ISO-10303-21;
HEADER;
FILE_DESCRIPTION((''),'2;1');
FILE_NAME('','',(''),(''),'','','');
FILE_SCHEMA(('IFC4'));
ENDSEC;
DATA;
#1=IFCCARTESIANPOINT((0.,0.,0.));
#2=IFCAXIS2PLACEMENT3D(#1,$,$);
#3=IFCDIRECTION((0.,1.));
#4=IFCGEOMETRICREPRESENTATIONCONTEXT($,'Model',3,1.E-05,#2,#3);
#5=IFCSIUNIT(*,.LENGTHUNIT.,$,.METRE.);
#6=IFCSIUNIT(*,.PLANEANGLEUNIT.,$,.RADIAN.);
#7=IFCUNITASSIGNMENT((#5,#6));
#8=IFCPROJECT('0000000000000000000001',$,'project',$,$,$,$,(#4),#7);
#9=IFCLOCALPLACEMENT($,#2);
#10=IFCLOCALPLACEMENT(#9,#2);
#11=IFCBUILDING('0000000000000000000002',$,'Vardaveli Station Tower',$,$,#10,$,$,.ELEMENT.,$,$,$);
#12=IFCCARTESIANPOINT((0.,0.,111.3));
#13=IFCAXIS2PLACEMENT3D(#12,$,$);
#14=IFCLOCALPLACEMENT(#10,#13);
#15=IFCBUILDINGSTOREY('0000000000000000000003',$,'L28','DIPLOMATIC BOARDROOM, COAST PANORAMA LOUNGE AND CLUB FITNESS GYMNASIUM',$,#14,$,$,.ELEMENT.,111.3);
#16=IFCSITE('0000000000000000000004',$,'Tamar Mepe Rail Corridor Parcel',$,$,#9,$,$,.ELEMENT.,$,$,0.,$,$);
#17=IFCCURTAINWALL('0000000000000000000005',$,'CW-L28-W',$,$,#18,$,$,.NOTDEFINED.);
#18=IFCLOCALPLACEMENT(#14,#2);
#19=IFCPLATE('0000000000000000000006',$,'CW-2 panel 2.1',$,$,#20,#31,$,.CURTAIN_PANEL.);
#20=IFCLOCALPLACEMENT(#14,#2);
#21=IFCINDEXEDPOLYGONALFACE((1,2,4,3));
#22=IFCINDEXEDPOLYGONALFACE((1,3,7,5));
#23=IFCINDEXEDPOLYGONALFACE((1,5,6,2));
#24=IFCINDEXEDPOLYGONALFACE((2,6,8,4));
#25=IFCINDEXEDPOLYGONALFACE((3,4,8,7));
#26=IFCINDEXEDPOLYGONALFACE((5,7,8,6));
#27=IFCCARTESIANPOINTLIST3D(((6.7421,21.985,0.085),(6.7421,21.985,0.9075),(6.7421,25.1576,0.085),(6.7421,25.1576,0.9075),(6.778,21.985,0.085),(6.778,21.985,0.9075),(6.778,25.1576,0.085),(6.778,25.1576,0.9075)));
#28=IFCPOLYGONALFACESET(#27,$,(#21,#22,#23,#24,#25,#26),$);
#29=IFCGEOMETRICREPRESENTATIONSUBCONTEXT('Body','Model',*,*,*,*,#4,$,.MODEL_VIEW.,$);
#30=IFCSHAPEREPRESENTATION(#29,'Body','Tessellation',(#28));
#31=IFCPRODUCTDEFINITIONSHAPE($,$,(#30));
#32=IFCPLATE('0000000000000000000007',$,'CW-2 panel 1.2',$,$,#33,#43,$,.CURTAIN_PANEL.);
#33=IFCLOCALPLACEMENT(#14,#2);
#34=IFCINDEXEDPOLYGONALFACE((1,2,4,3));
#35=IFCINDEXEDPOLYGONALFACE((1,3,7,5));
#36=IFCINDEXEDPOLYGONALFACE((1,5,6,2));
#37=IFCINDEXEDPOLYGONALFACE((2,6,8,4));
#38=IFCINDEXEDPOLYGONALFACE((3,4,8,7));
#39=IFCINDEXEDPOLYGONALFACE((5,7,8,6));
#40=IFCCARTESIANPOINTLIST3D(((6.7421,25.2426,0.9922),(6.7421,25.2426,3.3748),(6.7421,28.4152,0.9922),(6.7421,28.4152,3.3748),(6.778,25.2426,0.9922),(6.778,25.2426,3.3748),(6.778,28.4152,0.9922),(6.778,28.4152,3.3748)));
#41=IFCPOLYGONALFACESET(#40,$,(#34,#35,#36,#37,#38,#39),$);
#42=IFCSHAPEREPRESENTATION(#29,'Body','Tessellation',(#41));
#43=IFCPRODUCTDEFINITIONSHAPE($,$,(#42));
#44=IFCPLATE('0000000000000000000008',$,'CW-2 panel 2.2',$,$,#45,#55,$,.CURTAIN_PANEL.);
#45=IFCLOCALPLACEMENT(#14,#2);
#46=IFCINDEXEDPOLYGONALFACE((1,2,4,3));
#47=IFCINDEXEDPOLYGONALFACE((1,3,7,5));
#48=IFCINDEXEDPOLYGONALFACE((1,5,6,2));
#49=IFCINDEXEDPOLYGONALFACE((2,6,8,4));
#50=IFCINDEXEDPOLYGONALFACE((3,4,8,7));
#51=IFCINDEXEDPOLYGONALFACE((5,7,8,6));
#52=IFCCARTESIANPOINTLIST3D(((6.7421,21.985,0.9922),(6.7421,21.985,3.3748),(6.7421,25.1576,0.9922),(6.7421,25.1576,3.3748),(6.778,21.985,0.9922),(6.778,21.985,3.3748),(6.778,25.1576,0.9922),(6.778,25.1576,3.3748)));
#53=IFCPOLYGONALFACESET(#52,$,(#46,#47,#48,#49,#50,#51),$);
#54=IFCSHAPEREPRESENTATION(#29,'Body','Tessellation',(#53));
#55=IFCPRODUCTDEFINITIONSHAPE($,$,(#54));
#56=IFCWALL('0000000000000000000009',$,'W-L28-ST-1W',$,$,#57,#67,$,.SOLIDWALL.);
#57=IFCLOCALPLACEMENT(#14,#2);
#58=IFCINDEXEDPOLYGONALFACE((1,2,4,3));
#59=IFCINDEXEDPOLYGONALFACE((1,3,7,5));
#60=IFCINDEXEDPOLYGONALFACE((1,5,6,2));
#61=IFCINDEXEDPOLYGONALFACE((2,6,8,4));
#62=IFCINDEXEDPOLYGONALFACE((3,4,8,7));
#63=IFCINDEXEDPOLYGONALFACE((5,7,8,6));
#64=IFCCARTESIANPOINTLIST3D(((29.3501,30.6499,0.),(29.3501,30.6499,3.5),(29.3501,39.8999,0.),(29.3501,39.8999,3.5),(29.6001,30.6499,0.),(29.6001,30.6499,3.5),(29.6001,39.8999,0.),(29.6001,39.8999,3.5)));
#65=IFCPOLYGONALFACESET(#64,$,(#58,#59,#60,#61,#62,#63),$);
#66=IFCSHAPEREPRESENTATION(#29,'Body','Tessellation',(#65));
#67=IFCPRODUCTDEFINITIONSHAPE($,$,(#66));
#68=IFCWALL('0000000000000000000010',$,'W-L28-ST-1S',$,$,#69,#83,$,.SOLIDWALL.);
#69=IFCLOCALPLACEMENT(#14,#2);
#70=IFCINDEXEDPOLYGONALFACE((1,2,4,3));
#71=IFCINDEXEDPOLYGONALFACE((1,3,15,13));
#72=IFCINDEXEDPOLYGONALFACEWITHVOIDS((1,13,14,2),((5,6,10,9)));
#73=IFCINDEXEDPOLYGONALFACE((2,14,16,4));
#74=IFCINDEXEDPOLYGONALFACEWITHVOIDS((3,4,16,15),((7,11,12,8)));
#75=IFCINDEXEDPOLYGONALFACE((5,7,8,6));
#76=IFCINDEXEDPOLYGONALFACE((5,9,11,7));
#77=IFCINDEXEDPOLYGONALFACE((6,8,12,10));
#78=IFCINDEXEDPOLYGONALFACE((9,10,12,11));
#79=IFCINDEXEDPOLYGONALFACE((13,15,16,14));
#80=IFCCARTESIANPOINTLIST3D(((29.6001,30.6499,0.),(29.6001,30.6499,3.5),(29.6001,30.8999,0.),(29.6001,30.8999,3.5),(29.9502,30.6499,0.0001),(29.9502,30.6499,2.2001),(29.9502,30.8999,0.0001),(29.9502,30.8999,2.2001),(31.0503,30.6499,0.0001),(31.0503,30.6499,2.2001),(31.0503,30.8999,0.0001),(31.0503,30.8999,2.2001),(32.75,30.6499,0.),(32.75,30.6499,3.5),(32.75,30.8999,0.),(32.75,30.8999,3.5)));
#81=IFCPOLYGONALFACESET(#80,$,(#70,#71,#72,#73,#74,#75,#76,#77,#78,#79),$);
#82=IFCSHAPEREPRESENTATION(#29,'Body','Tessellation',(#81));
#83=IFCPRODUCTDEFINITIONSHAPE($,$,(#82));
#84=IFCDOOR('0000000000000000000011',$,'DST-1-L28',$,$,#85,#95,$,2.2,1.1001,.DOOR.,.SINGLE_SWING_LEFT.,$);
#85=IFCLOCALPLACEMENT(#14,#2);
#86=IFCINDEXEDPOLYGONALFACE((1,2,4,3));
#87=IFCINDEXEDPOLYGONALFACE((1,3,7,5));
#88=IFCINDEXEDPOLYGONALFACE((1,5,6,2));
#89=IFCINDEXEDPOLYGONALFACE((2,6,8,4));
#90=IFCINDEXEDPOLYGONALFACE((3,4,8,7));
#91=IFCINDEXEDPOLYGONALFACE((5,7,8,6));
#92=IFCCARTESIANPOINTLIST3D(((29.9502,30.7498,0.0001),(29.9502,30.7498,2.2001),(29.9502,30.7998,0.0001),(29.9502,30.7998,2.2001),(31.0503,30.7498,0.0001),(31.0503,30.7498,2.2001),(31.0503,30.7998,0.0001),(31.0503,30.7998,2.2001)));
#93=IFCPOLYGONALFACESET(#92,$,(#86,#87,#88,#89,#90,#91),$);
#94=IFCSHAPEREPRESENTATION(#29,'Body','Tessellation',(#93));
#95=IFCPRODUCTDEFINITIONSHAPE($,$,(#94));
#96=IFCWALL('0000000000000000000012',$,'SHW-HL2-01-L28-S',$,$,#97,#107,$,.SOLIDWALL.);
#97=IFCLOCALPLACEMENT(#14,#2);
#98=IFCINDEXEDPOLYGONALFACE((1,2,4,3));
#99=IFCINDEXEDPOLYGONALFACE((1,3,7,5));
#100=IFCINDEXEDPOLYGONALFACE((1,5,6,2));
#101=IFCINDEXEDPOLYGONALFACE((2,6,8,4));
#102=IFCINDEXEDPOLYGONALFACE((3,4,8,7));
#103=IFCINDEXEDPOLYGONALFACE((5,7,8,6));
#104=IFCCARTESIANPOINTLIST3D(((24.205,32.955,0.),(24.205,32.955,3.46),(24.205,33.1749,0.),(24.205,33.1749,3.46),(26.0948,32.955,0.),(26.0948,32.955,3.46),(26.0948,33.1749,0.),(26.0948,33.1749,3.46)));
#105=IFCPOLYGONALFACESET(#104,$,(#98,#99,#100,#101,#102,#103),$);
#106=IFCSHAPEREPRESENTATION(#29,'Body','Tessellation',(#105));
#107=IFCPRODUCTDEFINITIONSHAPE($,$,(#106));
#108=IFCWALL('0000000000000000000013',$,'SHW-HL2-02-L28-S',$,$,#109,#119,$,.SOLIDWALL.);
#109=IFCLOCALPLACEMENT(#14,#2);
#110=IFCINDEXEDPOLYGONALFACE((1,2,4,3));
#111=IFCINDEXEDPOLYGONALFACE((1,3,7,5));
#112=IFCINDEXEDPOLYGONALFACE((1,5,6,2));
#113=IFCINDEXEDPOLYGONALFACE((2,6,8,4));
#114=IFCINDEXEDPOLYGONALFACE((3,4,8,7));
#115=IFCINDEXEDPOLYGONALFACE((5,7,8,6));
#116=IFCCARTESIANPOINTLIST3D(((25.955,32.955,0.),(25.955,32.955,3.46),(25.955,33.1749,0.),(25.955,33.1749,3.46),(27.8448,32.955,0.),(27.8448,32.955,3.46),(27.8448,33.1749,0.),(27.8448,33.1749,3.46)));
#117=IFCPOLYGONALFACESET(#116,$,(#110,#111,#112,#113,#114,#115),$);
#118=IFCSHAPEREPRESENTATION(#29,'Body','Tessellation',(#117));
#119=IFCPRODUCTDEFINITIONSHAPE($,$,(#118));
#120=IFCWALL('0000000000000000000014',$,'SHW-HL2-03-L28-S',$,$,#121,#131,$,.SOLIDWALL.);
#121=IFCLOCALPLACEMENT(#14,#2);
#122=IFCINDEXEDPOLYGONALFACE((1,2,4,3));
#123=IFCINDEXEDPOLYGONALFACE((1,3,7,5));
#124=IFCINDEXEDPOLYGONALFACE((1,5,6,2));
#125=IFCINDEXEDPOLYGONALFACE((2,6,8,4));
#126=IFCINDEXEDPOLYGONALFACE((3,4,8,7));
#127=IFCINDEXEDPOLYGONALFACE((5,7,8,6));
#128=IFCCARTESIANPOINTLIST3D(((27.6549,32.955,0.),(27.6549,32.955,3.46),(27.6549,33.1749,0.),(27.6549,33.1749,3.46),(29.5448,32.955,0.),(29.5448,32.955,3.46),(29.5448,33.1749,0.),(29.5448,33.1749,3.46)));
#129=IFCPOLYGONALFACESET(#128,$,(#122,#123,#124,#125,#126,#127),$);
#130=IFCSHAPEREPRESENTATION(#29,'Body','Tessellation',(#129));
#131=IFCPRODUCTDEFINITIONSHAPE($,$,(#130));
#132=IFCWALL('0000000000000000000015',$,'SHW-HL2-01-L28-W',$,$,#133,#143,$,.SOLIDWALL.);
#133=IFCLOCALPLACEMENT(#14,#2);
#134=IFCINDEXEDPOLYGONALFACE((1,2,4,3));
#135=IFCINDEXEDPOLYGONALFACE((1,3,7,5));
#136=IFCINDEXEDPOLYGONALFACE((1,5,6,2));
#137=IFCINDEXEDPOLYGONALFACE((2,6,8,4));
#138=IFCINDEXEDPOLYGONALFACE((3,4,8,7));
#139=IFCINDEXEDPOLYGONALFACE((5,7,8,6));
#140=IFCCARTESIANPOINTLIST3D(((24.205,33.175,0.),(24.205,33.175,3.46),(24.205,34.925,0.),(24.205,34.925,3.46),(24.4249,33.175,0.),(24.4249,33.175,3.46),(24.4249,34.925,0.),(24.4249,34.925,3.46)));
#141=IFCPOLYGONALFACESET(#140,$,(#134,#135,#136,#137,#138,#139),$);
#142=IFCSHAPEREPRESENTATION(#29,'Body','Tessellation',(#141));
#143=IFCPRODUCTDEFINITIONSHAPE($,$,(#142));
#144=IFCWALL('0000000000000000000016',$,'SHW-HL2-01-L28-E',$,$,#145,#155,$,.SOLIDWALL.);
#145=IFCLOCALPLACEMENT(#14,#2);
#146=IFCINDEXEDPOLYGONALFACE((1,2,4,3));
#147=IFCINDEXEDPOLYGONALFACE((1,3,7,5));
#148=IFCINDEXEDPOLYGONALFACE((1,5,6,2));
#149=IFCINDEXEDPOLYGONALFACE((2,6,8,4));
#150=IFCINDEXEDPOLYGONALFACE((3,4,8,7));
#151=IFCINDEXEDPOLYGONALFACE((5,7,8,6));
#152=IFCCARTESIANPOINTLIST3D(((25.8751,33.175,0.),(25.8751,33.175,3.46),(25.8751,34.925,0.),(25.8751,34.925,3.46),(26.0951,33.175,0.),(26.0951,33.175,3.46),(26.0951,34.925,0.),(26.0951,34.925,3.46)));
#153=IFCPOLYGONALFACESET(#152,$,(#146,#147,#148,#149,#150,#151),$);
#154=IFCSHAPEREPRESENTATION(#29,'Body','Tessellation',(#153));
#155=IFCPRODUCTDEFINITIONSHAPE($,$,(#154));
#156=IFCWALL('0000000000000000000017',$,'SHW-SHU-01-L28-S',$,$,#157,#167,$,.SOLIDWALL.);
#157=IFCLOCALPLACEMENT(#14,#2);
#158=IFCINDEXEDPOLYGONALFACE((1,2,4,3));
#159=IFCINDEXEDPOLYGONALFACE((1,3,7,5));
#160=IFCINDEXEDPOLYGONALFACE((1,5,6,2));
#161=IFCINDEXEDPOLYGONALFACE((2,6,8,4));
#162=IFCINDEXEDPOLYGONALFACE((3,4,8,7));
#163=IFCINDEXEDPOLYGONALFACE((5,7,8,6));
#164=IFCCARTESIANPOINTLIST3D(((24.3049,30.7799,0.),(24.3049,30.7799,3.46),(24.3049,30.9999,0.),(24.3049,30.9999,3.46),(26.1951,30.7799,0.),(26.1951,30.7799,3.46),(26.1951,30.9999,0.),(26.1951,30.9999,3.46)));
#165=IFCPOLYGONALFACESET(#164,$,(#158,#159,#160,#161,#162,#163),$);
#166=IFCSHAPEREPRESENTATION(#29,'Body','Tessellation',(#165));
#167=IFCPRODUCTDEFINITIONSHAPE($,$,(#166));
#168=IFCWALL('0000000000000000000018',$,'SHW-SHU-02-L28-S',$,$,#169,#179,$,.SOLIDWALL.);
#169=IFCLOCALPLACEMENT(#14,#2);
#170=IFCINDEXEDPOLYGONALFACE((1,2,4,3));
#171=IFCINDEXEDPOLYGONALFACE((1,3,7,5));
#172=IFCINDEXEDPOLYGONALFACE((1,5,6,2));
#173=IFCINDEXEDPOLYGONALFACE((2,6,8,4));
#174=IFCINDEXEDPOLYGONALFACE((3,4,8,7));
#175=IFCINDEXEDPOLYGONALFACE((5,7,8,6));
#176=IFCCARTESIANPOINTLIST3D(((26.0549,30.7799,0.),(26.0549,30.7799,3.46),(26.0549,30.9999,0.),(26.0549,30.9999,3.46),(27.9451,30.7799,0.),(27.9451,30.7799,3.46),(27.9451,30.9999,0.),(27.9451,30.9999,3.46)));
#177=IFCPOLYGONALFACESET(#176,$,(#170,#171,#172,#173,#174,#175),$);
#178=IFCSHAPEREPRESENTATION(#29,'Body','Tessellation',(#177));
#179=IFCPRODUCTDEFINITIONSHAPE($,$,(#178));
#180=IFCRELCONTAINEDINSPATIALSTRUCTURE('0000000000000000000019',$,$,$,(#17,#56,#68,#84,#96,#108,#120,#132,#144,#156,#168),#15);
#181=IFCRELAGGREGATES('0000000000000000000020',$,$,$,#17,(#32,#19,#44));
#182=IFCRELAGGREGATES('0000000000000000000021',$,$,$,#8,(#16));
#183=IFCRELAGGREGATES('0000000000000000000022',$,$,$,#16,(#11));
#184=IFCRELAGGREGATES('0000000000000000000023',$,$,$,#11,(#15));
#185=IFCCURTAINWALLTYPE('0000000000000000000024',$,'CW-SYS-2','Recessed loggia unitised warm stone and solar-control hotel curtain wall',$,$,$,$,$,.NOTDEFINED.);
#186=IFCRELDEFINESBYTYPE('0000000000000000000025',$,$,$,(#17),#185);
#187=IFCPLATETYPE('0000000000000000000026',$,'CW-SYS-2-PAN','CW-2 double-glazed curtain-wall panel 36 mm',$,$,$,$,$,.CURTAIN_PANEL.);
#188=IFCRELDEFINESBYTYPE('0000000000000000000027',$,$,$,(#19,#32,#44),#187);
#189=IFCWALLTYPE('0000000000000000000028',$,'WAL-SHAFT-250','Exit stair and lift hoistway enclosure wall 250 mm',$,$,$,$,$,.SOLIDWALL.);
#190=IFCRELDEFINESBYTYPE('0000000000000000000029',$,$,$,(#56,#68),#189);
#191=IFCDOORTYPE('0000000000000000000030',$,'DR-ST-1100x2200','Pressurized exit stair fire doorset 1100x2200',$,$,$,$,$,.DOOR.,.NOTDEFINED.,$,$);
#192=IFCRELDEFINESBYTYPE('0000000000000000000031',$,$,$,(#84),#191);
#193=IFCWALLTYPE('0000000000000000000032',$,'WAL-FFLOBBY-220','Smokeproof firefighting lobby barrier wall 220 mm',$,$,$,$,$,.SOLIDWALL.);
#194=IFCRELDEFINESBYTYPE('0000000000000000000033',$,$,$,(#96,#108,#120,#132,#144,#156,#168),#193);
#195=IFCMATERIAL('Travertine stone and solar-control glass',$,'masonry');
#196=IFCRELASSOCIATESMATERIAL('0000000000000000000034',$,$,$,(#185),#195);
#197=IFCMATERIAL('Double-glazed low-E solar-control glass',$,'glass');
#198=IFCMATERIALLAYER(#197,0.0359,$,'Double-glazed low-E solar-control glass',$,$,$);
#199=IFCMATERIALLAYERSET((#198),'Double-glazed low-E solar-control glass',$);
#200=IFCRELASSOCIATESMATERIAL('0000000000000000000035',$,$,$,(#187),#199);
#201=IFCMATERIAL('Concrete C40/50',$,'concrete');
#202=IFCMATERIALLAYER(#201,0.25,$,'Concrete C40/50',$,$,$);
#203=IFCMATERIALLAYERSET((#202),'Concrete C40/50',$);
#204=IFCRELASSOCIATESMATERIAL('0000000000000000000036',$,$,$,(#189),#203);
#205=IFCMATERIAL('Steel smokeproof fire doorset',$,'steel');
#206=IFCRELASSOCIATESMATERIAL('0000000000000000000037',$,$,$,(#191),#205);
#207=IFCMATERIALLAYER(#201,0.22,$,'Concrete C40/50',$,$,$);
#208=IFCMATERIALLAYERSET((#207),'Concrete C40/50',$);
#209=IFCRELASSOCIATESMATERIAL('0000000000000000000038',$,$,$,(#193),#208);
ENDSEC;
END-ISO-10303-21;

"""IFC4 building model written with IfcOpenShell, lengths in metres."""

from ifc_helpers import new_model, si_unit, direction, frame, frame_2d, origin, origin_2d, place, context, subcontext, project, spatial, rectangle, extrude, source, transform, mapped, material, layer, layer_set, type_object, element, fill, aggregate, save


model = new_model("IFC4")

# Units and contexts
model_context = context("Model", 3, precision=1e-05, world=origin(), true_north=direction((0.0, 1.0)))
body_context = subcontext(model_context, "Body", "Model", "MODEL_VIEW")
ifc_project = project(units=[si_unit("LENGTHUNIT", "METRE"), si_unit("PLANEANGLEUNIT", "RADIAN")], contexts=[model_context])

# Site, building, storey
site_placement = place(None, origin())
site = spatial("IfcSite", under=ifc_project, at=site_placement, Name="Tamar Mepe Rail Corridor Parcel", CompositionType="ELEMENT", RefElevation=0.0)
building_placement = place(site_placement, origin())
building = spatial("IfcBuilding", under=site, at=building_placement, Name="Vardaveli Station Tower", CompositionType="ELEMENT")
storey_placement = place(building_placement, frame((0.0, 0.0, 111.3)))
storey = spatial("IfcBuildingStorey", under=building, at=storey_placement, Name="L28", Description="DIPLOMATIC BOARDROOM, COAST PANORAMA LOUNGE AND CLUB FITNESS GYMNASIUM", CompositionType="ELEMENT", Elevation=111.3)

# Curtain wall, plates
ifc_material_1 = material(Name="Travertine stone and solar-control glass", Category="masonry")
curtain_wall_type = type_object("IfcCurtainWallType", Name="CW-SYS-2", Description="Recessed loggia unitised warm stone and solar-control hotel curtain wall", PredefinedType="NOTDEFINED", material=ifc_material_1)
curtain_wall_placement = place(storey_placement, origin())
curtain_wall = element("IfcCurtainWall", 1, at=curtain_wall_placement, inside=storey, type_object=curtain_wall_type, Name="CW-L28-W", PredefinedType="NOTDEFINED")
ifc_material_2 = material(Name="Double-glazed low-E solar-control glass", Category="glass")
ifc_layer_1 = layer(ifc_material_2, 0.0359, Name="Double-glazed low-E solar-control glass")
ifc_layer_set_1 = layer_set([ifc_layer_1], Name="Double-glazed low-E solar-control glass")
plate_type = type_object("IfcPlateType", Name="CW-SYS-2-PAN", Description="CW-2 double-glazed curtain-wall panel 36 mm", PredefinedType="CURTAIN_PANEL", material=ifc_layer_set_1)
shared_shape_1 = source(origin(), body_context, "Body", "SweptSolid", [
    extrude(rectangle(XDim=3.1726, YDim=0.0359, at=origin_2d()), origin(), (0.0, 0.0, 1.0), 0.8225),
])
plate_1_placement = place(storey_placement, frame((6.76, 23.5713, 0.085), z_axis=(0.0, 0.0, 1.0), x_axis=(0.0, -1.0, 0.0)))
plate_1 = element("IfcPlate", 2, at=plate_1_placement, type_object=plate_type, Name="CW-2 panel 2.1", PredefinedType="CURTAIN_PANEL", context=body_context, shape_type="MappedRepresentation", body=[
    mapped(shared_shape_1, transform((0.0, 0.0, 0.0), scale=1.0)),
])
shared_shape_2 = source(origin(), body_context, "Body", "SweptSolid", [
    extrude(rectangle(XDim=3.1726, YDim=0.0359, at=origin_2d()), origin(), (0.0, 0.0, 1.0), 2.3826),
])
plate_2_placement = place(storey_placement, frame((6.76, 26.8289, 0.9922), z_axis=(0.0, 0.0, 1.0), x_axis=(0.0, -1.0, 0.0)))
plate_2 = element("IfcPlate", 3, at=plate_2_placement, type_object=plate_type, Name="CW-2 panel 1.2", PredefinedType="CURTAIN_PANEL", context=body_context, shape_type="MappedRepresentation", body=[
    mapped(shared_shape_2, transform((0.0, 0.0, 0.0), scale=1.0)),
])
plate_3_placement = place(storey_placement, frame((6.76, 23.5713, 0.9922), z_axis=(0.0, 0.0, 1.0), x_axis=(0.0, -1.0, 0.0)))
plate_3 = element("IfcPlate", 4, at=plate_3_placement, type_object=plate_type, Name="CW-2 panel 2.2", PredefinedType="CURTAIN_PANEL", context=body_context, shape_type="MappedRepresentation", body=[
    mapped(shared_shape_2, transform((0.0, 0.0, 0.0), scale=1.0)),
])
aggregate(curtain_wall, [plate_2, plate_1, plate_3])

# Wall
ifc_material_3 = material(Name="Concrete C40/50", Category="concrete")
ifc_layer_2 = layer(ifc_material_3, 0.25, Name="Concrete C40/50")
ifc_layer_set_2 = layer_set([ifc_layer_2], Name="Concrete C40/50")
wall_type_1 = type_object("IfcWallType", Name="WAL-SHAFT-250", Description="Exit stair and lift hoistway enclosure wall 250 mm", PredefinedType="SOLIDWALL", material=ifc_layer_set_2)
shared_shape_3 = source(origin(), body_context, "Body", "SweptSolid", [
    extrude(rectangle(XDim=9.25, YDim=0.25, at=frame_2d((4.625, 0.0))), origin(), (0.0, 0.0, 1.0), 3.5),
])
wall_1_placement = place(storey_placement, frame((29.4751, 30.6499, 0.0), z_axis=(0.0, 0.0, 1.0), x_axis=(0.0, 1.0, 0.0)))
element("IfcWall", 5, at=wall_1_placement, inside=storey, type_object=wall_type_1, Name="W-L28-ST-1W", PredefinedType="SOLIDWALL", context=body_context, shape_type="MappedRepresentation", body=[
    mapped(shared_shape_3, transform((0.0, 0.0, 0.0), scale=1.0)),
])

# Wall, opening, door
shared_shape_4 = source(origin(), body_context, "Body", "SweptSolid", [
    extrude(rectangle(XDim=3.1499, YDim=0.25, at=frame_2d((1.575, 0.0))), origin(), (0.0, 0.0, 1.0), 3.5),
])
wall_2_placement = place(storey_placement, frame((29.6001, 30.7749, 0.0), z_axis=(0.0, 0.0, 1.0), x_axis=(1.0, 0.0, 0.0)))
wall_2 = element("IfcWall", 6, at=wall_2_placement, inside=storey, type_object=wall_type_1, Name="W-L28-ST-1S", PredefinedType="SOLIDWALL", context=body_context, shape_type="MappedRepresentation", body=[
    mapped(shared_shape_4, transform((0.0, 0.0, 0.0), scale=1.0)),
])
shared_shape_5 = source(origin(), body_context, "Body", "SweptSolid", [
    extrude(rectangle(XDim=1.1001, YDim=2.2, at=frame_2d((0.55, 1.1001))), frame((0.0, 0.135, 0.0), z_axis=(0.0, -1.0, 0.0), x_axis=(1.0, 0.0, 0.0)), (0.0, 0.0, 1.0), 0.27),
])
opening_placement = place(wall_2_placement, frame((0.3501, 0.0, 0.0)))
opening = element("IfcOpeningElement", 7, at=opening_placement, cuts=wall_2, PredefinedType="OPENING", context=body_context, shape_type="MappedRepresentation", body=[
    mapped(shared_shape_5, transform((0.0, 0.0, 0.0), scale=1.0)),
])
ifc_material_4 = material(Name="Steel smokeproof fire doorset", Category="steel")
door_type = type_object("IfcDoorType", Name="DR-ST-1100x2200", Description="Pressurized exit stair fire doorset 1100x2200", OperationType="NOTDEFINED", PredefinedType="DOOR", material=ifc_material_4)
shared_shape_6 = source(origin(), body_context, "Body", "SweptSolid", [
    extrude(rectangle(XDim=1.1001, YDim=2.2, at=frame_2d((0.55, 1.1001))), frame((0.0, 0.0249, 0.0), z_axis=(0.0, -1.0, 0.0), x_axis=(1.0, 0.0, 0.0)), (0.0, 0.0, 1.0), 0.05),
])
door_placement = place(opening_placement, origin())
door = element("IfcDoor", 8, at=door_placement, inside=storey, type_object=door_type, Name="DST-1-L28", OperationType="SINGLE_SWING_LEFT", OverallHeight=2.2, OverallWidth=1.1001, PredefinedType="DOOR", context=body_context, shape_type="MappedRepresentation", body=[
    mapped(shared_shape_6, transform((0.0, 0.0, 0.0), scale=1.0)),
])
fill(opening, door)

# Walls
ifc_layer_3 = layer(ifc_material_3, 0.22, Name="Concrete C40/50")
ifc_layer_set_3 = layer_set([ifc_layer_3], Name="Concrete C40/50")
wall_type_2 = type_object("IfcWallType", Name="WAL-FFLOBBY-220", Description="Smokeproof firefighting lobby barrier wall 220 mm", PredefinedType="SOLIDWALL", material=ifc_layer_set_3)
shared_shape_7 = source(origin(), body_context, "Body", "SweptSolid", [
    extrude(rectangle(XDim=1.8899, YDim=0.22, at=frame_2d((0.9448, 0.0))), origin(), (0.0, 0.0, 1.0), 3.46),
])
for number, where, z_axis, x_axis, name in (
    (9, (24.2051, 33.0649, 0.0), (0.0, 0.0, 1.0), (1.0, 0.0, 0.0), "SHW-HL2-01-L28-S"),
    (10, (25.9551, 33.0649, 0.0), (0.0, 0.0, 1.0), (1.0, 0.0, 0.0), "SHW-HL2-02-L28-S"),
    (11, (27.655, 33.0649, 0.0), (0.0, 0.0, 1.0), (1.0, 0.0, 0.0), "SHW-HL2-03-L28-S"),
):
    element("IfcWall", number, at=place(storey_placement, frame(where, z_axis=z_axis, x_axis=x_axis)), inside=storey, type_object=wall_type_2, Name=name, PredefinedType="SOLIDWALL", context=body_context, shape_type="MappedRepresentation", body=[
        mapped(shared_shape_7, transform((0.0, 0.0, 0.0), scale=1.0)),
    ])
shared_shape_8 = source(origin(), body_context, "Body", "SweptSolid", [
    extrude(rectangle(XDim=1.75, YDim=0.22, at=frame_2d((0.875, 0.0))), origin(), (0.0, 0.0, 1.0), 3.46),
])
for number, where, z_axis, x_axis, name in (
    (12, (24.3149, 33.175, 0.0), (0.0, 0.0, 1.0), (0.0, 1.0, 0.0), "SHW-HL2-01-L28-W"),
    (13, (25.9851, 33.175, 0.0), (0.0, 0.0, 1.0), (0.0, 1.0, 0.0), "SHW-HL2-01-L28-E"),
):
    element("IfcWall", number, at=place(storey_placement, frame(where, z_axis=z_axis, x_axis=x_axis)), inside=storey, type_object=wall_type_2, Name=name, PredefinedType="SOLIDWALL", context=body_context, shape_type="MappedRepresentation", body=[
        mapped(shared_shape_8, transform((0.0, 0.0, 0.0), scale=1.0)),
    ])
shared_shape_9 = source(origin(), body_context, "Body", "SweptSolid", [
    extrude(rectangle(XDim=1.8901, YDim=0.22, at=frame_2d((0.9451, 0.0))), origin(), (0.0, 0.0, 1.0), 3.46),
])
for number, where, z_axis, x_axis, name in (
    (14, (24.3049, 30.8899, 0.0), (0.0, 0.0, 1.0), (1.0, 0.0, 0.0), "SHW-SHU-01-L28-S"),
    (15, (26.0549, 30.8899, 0.0), (0.0, 0.0, 1.0), (1.0, 0.0, 0.0), "SHW-SHU-02-L28-S"),
):
    element("IfcWall", number, at=place(storey_placement, frame(where, z_axis=z_axis, x_axis=x_axis)), inside=storey, type_object=wall_type_2, Name=name, PredefinedType="SOLIDWALL", context=body_context, shape_type="MappedRepresentation", body=[
        mapped(shared_shape_9, transform((0.0, 0.0, 0.0), scale=1.0)),
    ])

save(model, "model.ifc")
